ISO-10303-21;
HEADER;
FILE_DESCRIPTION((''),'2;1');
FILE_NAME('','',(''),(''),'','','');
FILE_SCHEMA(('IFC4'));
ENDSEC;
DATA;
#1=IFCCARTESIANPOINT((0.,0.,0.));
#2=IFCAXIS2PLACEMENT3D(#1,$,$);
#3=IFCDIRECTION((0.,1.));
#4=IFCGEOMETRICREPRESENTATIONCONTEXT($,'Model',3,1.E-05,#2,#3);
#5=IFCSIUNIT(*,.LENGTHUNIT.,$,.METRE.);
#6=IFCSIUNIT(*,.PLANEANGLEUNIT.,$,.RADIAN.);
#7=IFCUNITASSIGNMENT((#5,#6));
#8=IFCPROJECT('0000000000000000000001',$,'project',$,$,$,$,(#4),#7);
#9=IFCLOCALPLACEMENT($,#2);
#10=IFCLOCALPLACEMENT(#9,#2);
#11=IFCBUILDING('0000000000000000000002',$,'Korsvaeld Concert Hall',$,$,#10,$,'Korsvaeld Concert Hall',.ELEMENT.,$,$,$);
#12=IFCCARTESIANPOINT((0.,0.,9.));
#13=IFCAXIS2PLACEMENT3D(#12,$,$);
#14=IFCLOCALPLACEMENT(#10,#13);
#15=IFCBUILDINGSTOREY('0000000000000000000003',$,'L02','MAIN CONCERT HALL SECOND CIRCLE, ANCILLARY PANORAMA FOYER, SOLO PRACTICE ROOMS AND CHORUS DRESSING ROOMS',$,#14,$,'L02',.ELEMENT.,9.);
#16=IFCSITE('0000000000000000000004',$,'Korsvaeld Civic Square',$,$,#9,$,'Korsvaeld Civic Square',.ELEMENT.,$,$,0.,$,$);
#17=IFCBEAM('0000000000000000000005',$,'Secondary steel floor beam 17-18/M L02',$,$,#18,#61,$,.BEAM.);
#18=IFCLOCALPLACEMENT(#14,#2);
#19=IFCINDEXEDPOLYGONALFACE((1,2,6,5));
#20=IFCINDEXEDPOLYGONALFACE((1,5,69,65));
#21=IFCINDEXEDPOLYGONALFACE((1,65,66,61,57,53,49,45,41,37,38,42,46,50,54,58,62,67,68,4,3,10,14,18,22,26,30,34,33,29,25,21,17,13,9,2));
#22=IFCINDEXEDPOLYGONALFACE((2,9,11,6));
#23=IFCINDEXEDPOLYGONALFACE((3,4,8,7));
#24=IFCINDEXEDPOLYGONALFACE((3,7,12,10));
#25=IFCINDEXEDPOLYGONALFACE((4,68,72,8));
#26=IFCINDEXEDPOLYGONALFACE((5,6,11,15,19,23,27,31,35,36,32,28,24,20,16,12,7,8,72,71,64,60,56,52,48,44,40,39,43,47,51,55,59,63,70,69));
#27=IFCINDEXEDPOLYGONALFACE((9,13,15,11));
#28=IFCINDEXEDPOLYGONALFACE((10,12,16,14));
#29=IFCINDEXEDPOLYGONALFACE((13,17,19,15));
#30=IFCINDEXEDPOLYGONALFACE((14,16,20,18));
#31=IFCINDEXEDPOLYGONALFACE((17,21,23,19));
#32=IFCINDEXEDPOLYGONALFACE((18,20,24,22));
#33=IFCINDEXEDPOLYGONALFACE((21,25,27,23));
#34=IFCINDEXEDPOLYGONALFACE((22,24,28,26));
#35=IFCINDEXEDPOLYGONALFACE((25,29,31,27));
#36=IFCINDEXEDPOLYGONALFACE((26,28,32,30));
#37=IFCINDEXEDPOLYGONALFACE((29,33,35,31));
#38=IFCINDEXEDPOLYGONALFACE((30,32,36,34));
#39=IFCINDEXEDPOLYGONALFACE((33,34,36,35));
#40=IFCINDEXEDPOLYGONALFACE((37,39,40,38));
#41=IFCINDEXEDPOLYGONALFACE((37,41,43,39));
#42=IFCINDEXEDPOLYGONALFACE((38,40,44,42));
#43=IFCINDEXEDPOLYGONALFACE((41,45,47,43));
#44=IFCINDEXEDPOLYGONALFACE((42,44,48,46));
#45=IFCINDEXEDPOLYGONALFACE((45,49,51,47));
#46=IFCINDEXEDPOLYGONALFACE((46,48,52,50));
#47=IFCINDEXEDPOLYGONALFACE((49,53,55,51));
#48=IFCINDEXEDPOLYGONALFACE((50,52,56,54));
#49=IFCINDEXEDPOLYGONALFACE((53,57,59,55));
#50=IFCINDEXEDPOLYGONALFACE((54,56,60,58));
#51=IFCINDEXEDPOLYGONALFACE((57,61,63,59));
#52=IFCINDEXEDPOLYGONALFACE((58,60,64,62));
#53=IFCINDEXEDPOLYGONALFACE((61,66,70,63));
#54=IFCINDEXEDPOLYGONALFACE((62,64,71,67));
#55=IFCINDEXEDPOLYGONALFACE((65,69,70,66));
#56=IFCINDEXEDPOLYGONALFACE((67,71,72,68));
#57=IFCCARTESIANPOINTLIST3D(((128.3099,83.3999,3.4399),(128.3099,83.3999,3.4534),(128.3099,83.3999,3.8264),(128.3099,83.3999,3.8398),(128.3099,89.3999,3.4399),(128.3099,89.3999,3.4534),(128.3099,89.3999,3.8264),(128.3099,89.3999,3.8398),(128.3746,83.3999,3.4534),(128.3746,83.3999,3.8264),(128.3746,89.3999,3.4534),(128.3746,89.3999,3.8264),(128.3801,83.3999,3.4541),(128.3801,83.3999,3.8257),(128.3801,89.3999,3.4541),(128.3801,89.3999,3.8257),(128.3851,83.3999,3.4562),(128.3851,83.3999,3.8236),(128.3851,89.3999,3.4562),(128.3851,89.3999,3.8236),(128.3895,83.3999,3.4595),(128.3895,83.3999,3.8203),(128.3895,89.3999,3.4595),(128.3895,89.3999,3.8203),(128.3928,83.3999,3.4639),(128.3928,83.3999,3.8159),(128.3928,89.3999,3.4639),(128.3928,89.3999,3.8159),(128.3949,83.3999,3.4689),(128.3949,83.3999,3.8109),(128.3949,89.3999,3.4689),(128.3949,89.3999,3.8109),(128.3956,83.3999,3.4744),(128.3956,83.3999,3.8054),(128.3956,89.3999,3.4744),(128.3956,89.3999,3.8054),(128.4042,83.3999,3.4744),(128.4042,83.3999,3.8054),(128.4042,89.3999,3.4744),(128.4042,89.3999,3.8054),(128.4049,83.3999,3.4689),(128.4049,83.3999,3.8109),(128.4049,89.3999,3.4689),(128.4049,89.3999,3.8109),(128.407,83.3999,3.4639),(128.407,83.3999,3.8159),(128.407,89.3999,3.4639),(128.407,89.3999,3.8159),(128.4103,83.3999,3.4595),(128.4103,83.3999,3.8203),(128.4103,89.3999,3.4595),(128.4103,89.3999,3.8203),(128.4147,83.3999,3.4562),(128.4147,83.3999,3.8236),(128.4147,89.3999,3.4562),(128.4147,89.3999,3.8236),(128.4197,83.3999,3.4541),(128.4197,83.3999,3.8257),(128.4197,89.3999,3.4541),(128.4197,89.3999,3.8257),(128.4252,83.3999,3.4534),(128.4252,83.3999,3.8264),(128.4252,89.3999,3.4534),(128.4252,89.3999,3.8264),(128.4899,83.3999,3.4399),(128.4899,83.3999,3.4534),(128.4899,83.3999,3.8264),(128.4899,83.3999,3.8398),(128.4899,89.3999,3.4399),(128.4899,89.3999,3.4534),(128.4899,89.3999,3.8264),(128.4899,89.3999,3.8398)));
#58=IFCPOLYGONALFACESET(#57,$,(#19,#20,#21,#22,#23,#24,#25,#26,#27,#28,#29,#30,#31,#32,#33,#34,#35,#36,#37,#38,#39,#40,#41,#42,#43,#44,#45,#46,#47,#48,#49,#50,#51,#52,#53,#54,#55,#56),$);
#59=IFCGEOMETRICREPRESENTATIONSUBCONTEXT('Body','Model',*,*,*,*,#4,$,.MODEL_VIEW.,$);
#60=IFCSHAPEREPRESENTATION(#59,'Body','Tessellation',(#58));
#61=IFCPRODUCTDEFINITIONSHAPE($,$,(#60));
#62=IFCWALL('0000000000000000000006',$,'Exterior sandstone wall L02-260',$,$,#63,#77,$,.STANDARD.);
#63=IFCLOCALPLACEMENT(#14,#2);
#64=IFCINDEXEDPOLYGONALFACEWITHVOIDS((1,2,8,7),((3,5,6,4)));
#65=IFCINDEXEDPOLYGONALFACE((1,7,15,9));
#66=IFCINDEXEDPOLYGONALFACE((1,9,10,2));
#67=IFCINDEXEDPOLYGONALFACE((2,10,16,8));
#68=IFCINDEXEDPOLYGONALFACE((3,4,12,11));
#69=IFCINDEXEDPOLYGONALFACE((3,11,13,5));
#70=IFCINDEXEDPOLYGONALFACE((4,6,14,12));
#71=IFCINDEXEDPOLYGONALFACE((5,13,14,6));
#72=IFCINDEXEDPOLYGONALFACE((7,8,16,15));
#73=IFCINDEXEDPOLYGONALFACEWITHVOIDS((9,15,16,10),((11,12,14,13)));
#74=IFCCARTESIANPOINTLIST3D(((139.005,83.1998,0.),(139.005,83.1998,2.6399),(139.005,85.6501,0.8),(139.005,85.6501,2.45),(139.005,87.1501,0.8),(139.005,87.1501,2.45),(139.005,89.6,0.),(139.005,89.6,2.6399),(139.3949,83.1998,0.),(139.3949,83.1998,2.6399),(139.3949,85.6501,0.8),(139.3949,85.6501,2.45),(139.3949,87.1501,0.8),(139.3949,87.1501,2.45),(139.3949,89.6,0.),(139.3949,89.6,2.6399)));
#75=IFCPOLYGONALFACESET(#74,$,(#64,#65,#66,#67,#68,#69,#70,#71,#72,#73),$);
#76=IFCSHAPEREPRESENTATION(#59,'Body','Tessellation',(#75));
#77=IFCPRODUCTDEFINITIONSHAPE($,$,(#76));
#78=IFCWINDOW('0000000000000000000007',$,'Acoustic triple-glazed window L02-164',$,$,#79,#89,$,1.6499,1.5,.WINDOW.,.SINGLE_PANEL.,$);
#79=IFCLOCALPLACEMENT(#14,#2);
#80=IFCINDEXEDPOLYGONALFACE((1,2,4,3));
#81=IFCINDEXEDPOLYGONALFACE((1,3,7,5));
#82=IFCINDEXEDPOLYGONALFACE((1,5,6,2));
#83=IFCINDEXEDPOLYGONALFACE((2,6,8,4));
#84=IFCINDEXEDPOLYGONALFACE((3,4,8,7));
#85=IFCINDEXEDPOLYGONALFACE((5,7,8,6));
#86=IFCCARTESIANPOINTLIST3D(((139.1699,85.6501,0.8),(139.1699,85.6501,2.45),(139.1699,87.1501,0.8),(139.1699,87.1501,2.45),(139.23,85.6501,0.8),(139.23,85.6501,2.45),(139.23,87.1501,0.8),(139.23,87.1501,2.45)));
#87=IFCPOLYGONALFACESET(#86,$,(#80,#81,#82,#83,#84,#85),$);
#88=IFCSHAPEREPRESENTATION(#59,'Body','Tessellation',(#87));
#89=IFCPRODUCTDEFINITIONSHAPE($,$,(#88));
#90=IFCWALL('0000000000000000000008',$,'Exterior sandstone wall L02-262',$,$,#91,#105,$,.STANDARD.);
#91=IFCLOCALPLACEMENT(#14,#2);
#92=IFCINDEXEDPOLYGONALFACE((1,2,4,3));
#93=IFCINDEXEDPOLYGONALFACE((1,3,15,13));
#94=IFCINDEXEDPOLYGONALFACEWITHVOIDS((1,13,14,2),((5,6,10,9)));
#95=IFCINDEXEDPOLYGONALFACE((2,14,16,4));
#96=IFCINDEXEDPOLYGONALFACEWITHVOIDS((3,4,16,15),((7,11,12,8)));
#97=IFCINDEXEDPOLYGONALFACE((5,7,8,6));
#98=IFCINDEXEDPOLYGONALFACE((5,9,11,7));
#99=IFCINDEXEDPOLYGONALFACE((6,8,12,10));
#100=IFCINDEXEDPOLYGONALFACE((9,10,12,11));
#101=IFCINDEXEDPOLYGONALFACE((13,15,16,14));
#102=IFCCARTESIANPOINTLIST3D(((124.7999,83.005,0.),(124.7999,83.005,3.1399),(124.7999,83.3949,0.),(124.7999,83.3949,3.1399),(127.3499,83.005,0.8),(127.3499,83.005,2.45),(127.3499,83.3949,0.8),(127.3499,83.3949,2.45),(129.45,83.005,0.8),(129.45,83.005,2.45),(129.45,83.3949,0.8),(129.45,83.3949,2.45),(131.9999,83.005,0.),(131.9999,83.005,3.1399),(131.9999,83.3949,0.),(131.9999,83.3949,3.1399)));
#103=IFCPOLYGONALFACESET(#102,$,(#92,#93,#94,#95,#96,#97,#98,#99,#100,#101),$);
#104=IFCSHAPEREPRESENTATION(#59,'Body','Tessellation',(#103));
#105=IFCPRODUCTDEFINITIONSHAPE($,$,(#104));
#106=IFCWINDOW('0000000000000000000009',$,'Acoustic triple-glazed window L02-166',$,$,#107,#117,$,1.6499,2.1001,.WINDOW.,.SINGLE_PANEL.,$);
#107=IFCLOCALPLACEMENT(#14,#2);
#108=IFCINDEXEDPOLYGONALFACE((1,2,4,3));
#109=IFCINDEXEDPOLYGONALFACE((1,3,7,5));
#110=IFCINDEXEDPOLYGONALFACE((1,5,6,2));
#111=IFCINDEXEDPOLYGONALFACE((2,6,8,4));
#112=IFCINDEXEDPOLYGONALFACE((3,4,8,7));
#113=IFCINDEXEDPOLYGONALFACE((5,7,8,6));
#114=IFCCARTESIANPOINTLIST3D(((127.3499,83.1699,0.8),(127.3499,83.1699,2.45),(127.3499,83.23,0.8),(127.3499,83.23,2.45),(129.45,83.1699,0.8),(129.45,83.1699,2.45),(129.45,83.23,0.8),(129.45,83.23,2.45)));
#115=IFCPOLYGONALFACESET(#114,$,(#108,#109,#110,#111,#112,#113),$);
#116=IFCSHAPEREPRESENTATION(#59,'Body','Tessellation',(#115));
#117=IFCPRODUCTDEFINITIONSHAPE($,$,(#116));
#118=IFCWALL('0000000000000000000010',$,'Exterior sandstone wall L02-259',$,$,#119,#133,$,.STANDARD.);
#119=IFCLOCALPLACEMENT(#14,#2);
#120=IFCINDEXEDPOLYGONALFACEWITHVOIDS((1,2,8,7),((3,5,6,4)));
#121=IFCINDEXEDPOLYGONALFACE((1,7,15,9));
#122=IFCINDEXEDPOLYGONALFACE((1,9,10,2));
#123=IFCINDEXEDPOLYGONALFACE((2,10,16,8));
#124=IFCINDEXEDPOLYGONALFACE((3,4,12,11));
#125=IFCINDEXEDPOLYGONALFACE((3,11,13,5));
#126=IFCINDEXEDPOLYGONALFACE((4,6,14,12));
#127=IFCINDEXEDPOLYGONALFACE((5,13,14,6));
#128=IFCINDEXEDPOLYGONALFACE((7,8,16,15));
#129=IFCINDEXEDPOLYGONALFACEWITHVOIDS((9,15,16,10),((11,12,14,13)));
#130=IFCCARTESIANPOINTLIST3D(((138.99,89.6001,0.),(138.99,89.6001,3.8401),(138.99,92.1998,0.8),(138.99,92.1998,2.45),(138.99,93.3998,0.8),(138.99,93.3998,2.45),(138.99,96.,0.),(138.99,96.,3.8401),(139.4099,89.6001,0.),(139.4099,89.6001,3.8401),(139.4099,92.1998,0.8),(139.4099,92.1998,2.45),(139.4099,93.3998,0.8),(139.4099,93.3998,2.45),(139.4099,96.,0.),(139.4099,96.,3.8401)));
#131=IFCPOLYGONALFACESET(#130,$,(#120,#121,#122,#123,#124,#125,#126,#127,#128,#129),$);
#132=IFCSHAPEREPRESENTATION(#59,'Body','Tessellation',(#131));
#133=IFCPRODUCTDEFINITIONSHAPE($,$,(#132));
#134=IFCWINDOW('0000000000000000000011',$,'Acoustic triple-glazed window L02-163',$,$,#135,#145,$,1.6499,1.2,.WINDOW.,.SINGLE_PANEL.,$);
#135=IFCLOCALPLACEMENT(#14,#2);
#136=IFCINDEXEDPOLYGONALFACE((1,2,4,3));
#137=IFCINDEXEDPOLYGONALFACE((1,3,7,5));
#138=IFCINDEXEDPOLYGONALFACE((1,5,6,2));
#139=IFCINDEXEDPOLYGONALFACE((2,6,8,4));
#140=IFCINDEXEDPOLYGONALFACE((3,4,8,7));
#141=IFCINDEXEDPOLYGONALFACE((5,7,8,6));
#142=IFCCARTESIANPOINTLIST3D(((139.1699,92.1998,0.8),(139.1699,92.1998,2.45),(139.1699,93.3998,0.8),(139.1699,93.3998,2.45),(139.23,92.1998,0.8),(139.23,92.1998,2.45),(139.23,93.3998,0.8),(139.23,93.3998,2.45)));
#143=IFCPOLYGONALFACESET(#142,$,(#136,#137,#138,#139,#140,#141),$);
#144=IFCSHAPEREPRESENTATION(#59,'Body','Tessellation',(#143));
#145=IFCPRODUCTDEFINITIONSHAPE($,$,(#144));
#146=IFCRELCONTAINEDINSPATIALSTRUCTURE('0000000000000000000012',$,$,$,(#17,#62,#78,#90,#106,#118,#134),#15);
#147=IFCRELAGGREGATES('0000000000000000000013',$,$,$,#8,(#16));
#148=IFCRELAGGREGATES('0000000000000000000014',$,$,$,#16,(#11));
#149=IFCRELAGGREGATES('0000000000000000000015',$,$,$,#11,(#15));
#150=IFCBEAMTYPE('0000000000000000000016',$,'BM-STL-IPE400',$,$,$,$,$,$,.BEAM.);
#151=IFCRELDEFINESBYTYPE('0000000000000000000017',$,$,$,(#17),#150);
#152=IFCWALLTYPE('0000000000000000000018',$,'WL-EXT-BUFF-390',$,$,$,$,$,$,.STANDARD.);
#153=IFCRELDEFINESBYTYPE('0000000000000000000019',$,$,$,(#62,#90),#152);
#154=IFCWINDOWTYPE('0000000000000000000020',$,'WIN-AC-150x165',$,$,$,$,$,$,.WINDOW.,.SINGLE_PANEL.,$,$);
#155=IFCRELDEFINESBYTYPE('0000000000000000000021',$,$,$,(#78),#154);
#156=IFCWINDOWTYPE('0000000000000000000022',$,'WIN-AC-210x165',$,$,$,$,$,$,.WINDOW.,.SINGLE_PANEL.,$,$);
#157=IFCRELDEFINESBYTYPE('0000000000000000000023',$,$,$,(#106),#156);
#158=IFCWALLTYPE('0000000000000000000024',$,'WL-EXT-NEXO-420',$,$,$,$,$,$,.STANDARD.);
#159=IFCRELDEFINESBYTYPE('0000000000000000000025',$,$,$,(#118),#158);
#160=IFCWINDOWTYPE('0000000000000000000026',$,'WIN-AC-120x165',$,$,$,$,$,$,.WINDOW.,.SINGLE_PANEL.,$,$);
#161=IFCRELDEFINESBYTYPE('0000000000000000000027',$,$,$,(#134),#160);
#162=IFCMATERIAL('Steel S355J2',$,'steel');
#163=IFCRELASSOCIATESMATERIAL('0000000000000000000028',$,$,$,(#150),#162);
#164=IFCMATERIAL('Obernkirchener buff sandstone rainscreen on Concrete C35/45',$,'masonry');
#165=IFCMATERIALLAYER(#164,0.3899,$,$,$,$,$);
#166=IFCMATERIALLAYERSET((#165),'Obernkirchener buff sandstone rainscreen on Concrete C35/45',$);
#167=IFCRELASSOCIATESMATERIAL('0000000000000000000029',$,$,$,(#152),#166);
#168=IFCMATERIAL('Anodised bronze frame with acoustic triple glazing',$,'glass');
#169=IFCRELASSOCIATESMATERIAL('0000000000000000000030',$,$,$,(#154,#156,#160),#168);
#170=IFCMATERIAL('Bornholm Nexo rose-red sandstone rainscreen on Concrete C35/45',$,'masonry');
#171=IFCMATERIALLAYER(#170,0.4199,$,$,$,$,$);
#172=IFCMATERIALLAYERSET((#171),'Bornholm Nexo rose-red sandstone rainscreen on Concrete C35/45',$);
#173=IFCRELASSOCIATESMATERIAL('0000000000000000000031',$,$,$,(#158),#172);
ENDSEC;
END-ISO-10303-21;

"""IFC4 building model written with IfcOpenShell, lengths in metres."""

from ifc_helpers import new_model, si_unit, direction, frame, frame_2d, origin, origin_2d, place, context, subcontext, project, spatial, rectangle, i_section, extrude, material, layer, layer_set, material_profile, profile_set, type_object, element, fill, save


model = new_model("IFC4")

# Units and contexts
model_context = context("Model", 3, precision=1e-05, world=origin(), true_north=direction((0.0, 1.0)))
body_context = subcontext(model_context, "Body", "Model", "MODEL_VIEW")
ifc_project = project(units=[si_unit("LENGTHUNIT", "METRE"), si_unit("PLANEANGLEUNIT", "RADIAN")], contexts=[model_context])

# Site, building, storey
site_placement = place(None, origin())
site = spatial("IfcSite", under=ifc_project, at=site_placement, Name="Korsvaeld Civic Square", LongName="Korsvaeld Civic Square", CompositionType="ELEMENT", RefElevation=0.0)
building_placement = place(site_placement, origin())
building = spatial("IfcBuilding", under=site, at=building_placement, Name="Korsvaeld Concert Hall", LongName="Korsvaeld Concert Hall", CompositionType="ELEMENT")
storey_placement = place(building_placement, frame((0.0, 0.0, 9.0)))
storey = spatial("IfcBuildingStorey", under=building, at=storey_placement, Name="L02", Description="MAIN CONCERT HALL SECOND CIRCLE, ANCILLARY PANORAMA FOYER, SOLO PRACTICE ROOMS AND CHORUS DRESSING ROOMS", LongName="L02", CompositionType="ELEMENT", Elevation=9.0)

# Beam
ifc_material_1 = material(Name="Steel S355J2", Category="steel")
ifc_material_profile_1 = material_profile(ifc_material_1, i_section(OverallWidth=0.1799, OverallDepth=0.3999, WebThickness=0.0085, FlangeThickness=0.0134, FilletRadius=0.021, at=origin_2d()), Name="IPE 400")
ifc_profile_set_1 = profile_set([ifc_material_profile_1], Name="Steel S355J2")
beam_type_1 = type_object("IfcBeamType", Name="BM-STL-IPE400", PredefinedType="BEAM", material=ifc_profile_set_1)
beam_1_placement = place(storey_placement, frame((128.3999, 83.3999, 3.6399), z_axis=(0.0, 1.0, 0.0), x_axis=(-1.0, 0.0, 0.0)))
element("IfcBeam", 1, at=beam_1_placement, inside=storey, type_object=beam_type_1, Name="Secondary steel floor beam 17-18/M L02", PredefinedType="BEAM", context=body_context, shape_type="SweptSolid", body=[
    extrude(i_section(OverallWidth=0.1799, OverallDepth=0.3999, WebThickness=0.0085, FlangeThickness=0.0134, FilletRadius=0.021, at=origin_2d()), origin(), (0.0, 0.0, 1.0), 6.0),
])

# Walls, openings, windows
ifc_material_2 = material(Name="Obernkirchener buff sandstone rainscreen on Concrete C35/45", Category="masonry")
ifc_layer_1 = layer(ifc_material_2, 0.3899)
ifc_layer_set_1 = layer_set([ifc_layer_1], Name="Obernkirchener buff sandstone rainscreen on Concrete C35/45")
wall_type_1 = type_object("IfcWallType", Name="WL-EXT-BUFF-390", PredefinedType="STANDARD", material=ifc_layer_set_1)
wall_1_placement = place(storey_placement, frame((139.2, 89.6001, 0.0), z_axis=(0.0, 0.0, 1.0), x_axis=(0.0, -1.0, 0.0)))
wall_1 = element("IfcWall", 2, at=wall_1_placement, inside=storey, type_object=wall_type_1, Name="Exterior sandstone wall L02-260", PredefinedType="STANDARD", context=body_context, shape_type="SweptSolid", body=[
    extrude(rectangle(XDim=6.4001, YDim=0.3899, at=frame_2d((3.2002, 0.0))), origin(), (0.0, 0.0, 1.0), 2.6399),
])
opening_1_placement = place(wall_1_placement, frame((2.45, 0.0, 0.8)))
opening_1 = element("IfcOpeningElement", 3, at=opening_1_placement, cuts=wall_1, PredefinedType="OPENING", context=body_context, shape_type="SweptSolid", body=[
    extrude(rectangle(XDim=1.5, YDim=1.6499, at=frame_2d((0.75, 0.825))), frame((0.0, 0.2051, 0.0), z_axis=(0.0, -1.0, 0.0), x_axis=(1.0, 0.0, 0.0)), (0.0, 0.0, 1.0), 0.4099),
])
ifc_material_3 = material(Name="Anodised bronze frame with acoustic triple glazing", Category="glass")
window_type_1 = type_object("IfcWindowType", Name="WIN-AC-150x165", PartitioningType="SINGLE_PANEL", PredefinedType="WINDOW", material=ifc_material_3)
window_1_placement = place(opening_1_placement, origin())
window_1 = element("IfcWindow", 4, at=window_1_placement, inside=storey, type_object=window_type_1, Name="Acoustic triple-glazed window L02-164", OverallHeight=1.6499, OverallWidth=1.5, PartitioningType="SINGLE_PANEL", PredefinedType="WINDOW", context=body_context, shape_type="SweptSolid", body=[
    extrude(rectangle(XDim=1.5, YDim=1.6499, at=frame_2d((0.75, 0.825))), frame((0.0, 0.03, 0.0), z_axis=(0.0, -1.0, 0.0), x_axis=(1.0, 0.0, 0.0)), (0.0, 0.0, 1.0), 0.0601),
])
fill(opening_1, window_1)
wall_2_placement = place(storey_placement, frame((132.0, 83.2, 0.0), z_axis=(0.0, 0.0, 1.0), x_axis=(-1.0, 0.0, 0.0)))
wall_2 = element("IfcWall", 5, at=wall_2_placement, inside=storey, type_object=wall_type_1, Name="Exterior sandstone wall L02-262", PredefinedType="STANDARD", context=body_context, shape_type="SweptSolid", body=[
    extrude(rectangle(XDim=7.2, YDim=0.3899, at=frame_2d((3.6001, 0.0))), origin(), (0.0, 0.0, 1.0), 3.1399),
])
opening_2_placement = place(wall_2_placement, frame((2.55, 0.0, 0.8)))
opening_2 = element("IfcOpeningElement", 6, at=opening_2_placement, cuts=wall_2, PredefinedType="OPENING", context=body_context, shape_type="SweptSolid", body=[
    extrude(rectangle(XDim=2.1001, YDim=1.6499, at=frame_2d((1.05, 0.825))), frame((0.0, 0.2051, 0.0), z_axis=(0.0, -1.0, 0.0), x_axis=(1.0, 0.0, 0.0)), (0.0, 0.0, 1.0), 0.4099),
])
window_type_2 = type_object("IfcWindowType", Name="WIN-AC-210x165", PartitioningType="SINGLE_PANEL", PredefinedType="WINDOW", material=ifc_material_3)
window_2_placement = place(opening_2_placement, origin())
window_2 = element("IfcWindow", 7, at=window_2_placement, inside=storey, type_object=window_type_2, Name="Acoustic triple-glazed window L02-166", OverallHeight=1.6499, OverallWidth=2.1001, PartitioningType="SINGLE_PANEL", PredefinedType="WINDOW", context=body_context, shape_type="SweptSolid", body=[
    extrude(rectangle(XDim=2.1001, YDim=1.6499, at=frame_2d((1.05, 0.825))), frame((0.0, 0.03, 0.0), z_axis=(0.0, -1.0, 0.0), x_axis=(1.0, 0.0, 0.0)), (0.0, 0.0, 1.0), 0.0601),
])
fill(opening_2, window_2)
ifc_material_4 = material(Name="Bornholm Nexo rose-red sandstone rainscreen on Concrete C35/45", Category="masonry")
ifc_layer_2 = layer(ifc_material_4, 0.4199)
ifc_layer_set_2 = layer_set([ifc_layer_2], Name="Bornholm Nexo rose-red sandstone rainscreen on Concrete C35/45")
wall_type_2 = type_object("IfcWallType", Name="WL-EXT-NEXO-420", PredefinedType="STANDARD", material=ifc_layer_set_2)
wall_3_placement = place(storey_placement, frame((139.2, 96.0, 0.0), z_axis=(0.0, 0.0, 1.0), x_axis=(0.0, -1.0, 0.0)))
wall_3 = element("IfcWall", 8, at=wall_3_placement, inside=storey, type_object=wall_type_2, Name="Exterior sandstone wall L02-259", PredefinedType="STANDARD", context=body_context, shape_type="SweptSolid", body=[
    extrude(rectangle(XDim=6.3999, YDim=0.4199, at=frame_2d((3.2, 0.0))), origin(), (0.0, 0.0, 1.0), 3.8401),
])
opening_3_placement = place(wall_3_placement, frame((2.6001, 0.0, 0.8)))
opening_3 = element("IfcOpeningElement", 9, at=opening_3_placement, cuts=wall_3, PredefinedType="OPENING", context=body_context, shape_type="SweptSolid", body=[
    extrude(rectangle(XDim=1.2, YDim=1.6499, at=frame_2d((0.6001, 0.825))), frame((0.0, 0.22, 0.0), z_axis=(0.0, -1.0, 0.0), x_axis=(1.0, 0.0, 0.0)), (0.0, 0.0, 1.0), 0.4399),
])
window_type_3 = type_object("IfcWindowType", Name="WIN-AC-120x165", PartitioningType="SINGLE_PANEL", PredefinedType="WINDOW", material=ifc_material_3)
window_3_placement = place(opening_3_placement, origin())
window_3 = element("IfcWindow", 10, at=window_3_placement, inside=storey, type_object=window_type_3, Name="Acoustic triple-glazed window L02-163", OverallHeight=1.6499, OverallWidth=1.2, PartitioningType="SINGLE_PANEL", PredefinedType="WINDOW", context=body_context, shape_type="SweptSolid", body=[
    extrude(rectangle(XDim=1.2, YDim=1.6499, at=frame_2d((0.6001, 0.825))), frame((0.0, 0.03, 0.0), z_axis=(0.0, -1.0, 0.0), x_axis=(1.0, 0.0, 0.0)), (0.0, 0.0, 1.0), 0.0601),
])
fill(opening_3, window_3)

save(model, "model.ifc")
